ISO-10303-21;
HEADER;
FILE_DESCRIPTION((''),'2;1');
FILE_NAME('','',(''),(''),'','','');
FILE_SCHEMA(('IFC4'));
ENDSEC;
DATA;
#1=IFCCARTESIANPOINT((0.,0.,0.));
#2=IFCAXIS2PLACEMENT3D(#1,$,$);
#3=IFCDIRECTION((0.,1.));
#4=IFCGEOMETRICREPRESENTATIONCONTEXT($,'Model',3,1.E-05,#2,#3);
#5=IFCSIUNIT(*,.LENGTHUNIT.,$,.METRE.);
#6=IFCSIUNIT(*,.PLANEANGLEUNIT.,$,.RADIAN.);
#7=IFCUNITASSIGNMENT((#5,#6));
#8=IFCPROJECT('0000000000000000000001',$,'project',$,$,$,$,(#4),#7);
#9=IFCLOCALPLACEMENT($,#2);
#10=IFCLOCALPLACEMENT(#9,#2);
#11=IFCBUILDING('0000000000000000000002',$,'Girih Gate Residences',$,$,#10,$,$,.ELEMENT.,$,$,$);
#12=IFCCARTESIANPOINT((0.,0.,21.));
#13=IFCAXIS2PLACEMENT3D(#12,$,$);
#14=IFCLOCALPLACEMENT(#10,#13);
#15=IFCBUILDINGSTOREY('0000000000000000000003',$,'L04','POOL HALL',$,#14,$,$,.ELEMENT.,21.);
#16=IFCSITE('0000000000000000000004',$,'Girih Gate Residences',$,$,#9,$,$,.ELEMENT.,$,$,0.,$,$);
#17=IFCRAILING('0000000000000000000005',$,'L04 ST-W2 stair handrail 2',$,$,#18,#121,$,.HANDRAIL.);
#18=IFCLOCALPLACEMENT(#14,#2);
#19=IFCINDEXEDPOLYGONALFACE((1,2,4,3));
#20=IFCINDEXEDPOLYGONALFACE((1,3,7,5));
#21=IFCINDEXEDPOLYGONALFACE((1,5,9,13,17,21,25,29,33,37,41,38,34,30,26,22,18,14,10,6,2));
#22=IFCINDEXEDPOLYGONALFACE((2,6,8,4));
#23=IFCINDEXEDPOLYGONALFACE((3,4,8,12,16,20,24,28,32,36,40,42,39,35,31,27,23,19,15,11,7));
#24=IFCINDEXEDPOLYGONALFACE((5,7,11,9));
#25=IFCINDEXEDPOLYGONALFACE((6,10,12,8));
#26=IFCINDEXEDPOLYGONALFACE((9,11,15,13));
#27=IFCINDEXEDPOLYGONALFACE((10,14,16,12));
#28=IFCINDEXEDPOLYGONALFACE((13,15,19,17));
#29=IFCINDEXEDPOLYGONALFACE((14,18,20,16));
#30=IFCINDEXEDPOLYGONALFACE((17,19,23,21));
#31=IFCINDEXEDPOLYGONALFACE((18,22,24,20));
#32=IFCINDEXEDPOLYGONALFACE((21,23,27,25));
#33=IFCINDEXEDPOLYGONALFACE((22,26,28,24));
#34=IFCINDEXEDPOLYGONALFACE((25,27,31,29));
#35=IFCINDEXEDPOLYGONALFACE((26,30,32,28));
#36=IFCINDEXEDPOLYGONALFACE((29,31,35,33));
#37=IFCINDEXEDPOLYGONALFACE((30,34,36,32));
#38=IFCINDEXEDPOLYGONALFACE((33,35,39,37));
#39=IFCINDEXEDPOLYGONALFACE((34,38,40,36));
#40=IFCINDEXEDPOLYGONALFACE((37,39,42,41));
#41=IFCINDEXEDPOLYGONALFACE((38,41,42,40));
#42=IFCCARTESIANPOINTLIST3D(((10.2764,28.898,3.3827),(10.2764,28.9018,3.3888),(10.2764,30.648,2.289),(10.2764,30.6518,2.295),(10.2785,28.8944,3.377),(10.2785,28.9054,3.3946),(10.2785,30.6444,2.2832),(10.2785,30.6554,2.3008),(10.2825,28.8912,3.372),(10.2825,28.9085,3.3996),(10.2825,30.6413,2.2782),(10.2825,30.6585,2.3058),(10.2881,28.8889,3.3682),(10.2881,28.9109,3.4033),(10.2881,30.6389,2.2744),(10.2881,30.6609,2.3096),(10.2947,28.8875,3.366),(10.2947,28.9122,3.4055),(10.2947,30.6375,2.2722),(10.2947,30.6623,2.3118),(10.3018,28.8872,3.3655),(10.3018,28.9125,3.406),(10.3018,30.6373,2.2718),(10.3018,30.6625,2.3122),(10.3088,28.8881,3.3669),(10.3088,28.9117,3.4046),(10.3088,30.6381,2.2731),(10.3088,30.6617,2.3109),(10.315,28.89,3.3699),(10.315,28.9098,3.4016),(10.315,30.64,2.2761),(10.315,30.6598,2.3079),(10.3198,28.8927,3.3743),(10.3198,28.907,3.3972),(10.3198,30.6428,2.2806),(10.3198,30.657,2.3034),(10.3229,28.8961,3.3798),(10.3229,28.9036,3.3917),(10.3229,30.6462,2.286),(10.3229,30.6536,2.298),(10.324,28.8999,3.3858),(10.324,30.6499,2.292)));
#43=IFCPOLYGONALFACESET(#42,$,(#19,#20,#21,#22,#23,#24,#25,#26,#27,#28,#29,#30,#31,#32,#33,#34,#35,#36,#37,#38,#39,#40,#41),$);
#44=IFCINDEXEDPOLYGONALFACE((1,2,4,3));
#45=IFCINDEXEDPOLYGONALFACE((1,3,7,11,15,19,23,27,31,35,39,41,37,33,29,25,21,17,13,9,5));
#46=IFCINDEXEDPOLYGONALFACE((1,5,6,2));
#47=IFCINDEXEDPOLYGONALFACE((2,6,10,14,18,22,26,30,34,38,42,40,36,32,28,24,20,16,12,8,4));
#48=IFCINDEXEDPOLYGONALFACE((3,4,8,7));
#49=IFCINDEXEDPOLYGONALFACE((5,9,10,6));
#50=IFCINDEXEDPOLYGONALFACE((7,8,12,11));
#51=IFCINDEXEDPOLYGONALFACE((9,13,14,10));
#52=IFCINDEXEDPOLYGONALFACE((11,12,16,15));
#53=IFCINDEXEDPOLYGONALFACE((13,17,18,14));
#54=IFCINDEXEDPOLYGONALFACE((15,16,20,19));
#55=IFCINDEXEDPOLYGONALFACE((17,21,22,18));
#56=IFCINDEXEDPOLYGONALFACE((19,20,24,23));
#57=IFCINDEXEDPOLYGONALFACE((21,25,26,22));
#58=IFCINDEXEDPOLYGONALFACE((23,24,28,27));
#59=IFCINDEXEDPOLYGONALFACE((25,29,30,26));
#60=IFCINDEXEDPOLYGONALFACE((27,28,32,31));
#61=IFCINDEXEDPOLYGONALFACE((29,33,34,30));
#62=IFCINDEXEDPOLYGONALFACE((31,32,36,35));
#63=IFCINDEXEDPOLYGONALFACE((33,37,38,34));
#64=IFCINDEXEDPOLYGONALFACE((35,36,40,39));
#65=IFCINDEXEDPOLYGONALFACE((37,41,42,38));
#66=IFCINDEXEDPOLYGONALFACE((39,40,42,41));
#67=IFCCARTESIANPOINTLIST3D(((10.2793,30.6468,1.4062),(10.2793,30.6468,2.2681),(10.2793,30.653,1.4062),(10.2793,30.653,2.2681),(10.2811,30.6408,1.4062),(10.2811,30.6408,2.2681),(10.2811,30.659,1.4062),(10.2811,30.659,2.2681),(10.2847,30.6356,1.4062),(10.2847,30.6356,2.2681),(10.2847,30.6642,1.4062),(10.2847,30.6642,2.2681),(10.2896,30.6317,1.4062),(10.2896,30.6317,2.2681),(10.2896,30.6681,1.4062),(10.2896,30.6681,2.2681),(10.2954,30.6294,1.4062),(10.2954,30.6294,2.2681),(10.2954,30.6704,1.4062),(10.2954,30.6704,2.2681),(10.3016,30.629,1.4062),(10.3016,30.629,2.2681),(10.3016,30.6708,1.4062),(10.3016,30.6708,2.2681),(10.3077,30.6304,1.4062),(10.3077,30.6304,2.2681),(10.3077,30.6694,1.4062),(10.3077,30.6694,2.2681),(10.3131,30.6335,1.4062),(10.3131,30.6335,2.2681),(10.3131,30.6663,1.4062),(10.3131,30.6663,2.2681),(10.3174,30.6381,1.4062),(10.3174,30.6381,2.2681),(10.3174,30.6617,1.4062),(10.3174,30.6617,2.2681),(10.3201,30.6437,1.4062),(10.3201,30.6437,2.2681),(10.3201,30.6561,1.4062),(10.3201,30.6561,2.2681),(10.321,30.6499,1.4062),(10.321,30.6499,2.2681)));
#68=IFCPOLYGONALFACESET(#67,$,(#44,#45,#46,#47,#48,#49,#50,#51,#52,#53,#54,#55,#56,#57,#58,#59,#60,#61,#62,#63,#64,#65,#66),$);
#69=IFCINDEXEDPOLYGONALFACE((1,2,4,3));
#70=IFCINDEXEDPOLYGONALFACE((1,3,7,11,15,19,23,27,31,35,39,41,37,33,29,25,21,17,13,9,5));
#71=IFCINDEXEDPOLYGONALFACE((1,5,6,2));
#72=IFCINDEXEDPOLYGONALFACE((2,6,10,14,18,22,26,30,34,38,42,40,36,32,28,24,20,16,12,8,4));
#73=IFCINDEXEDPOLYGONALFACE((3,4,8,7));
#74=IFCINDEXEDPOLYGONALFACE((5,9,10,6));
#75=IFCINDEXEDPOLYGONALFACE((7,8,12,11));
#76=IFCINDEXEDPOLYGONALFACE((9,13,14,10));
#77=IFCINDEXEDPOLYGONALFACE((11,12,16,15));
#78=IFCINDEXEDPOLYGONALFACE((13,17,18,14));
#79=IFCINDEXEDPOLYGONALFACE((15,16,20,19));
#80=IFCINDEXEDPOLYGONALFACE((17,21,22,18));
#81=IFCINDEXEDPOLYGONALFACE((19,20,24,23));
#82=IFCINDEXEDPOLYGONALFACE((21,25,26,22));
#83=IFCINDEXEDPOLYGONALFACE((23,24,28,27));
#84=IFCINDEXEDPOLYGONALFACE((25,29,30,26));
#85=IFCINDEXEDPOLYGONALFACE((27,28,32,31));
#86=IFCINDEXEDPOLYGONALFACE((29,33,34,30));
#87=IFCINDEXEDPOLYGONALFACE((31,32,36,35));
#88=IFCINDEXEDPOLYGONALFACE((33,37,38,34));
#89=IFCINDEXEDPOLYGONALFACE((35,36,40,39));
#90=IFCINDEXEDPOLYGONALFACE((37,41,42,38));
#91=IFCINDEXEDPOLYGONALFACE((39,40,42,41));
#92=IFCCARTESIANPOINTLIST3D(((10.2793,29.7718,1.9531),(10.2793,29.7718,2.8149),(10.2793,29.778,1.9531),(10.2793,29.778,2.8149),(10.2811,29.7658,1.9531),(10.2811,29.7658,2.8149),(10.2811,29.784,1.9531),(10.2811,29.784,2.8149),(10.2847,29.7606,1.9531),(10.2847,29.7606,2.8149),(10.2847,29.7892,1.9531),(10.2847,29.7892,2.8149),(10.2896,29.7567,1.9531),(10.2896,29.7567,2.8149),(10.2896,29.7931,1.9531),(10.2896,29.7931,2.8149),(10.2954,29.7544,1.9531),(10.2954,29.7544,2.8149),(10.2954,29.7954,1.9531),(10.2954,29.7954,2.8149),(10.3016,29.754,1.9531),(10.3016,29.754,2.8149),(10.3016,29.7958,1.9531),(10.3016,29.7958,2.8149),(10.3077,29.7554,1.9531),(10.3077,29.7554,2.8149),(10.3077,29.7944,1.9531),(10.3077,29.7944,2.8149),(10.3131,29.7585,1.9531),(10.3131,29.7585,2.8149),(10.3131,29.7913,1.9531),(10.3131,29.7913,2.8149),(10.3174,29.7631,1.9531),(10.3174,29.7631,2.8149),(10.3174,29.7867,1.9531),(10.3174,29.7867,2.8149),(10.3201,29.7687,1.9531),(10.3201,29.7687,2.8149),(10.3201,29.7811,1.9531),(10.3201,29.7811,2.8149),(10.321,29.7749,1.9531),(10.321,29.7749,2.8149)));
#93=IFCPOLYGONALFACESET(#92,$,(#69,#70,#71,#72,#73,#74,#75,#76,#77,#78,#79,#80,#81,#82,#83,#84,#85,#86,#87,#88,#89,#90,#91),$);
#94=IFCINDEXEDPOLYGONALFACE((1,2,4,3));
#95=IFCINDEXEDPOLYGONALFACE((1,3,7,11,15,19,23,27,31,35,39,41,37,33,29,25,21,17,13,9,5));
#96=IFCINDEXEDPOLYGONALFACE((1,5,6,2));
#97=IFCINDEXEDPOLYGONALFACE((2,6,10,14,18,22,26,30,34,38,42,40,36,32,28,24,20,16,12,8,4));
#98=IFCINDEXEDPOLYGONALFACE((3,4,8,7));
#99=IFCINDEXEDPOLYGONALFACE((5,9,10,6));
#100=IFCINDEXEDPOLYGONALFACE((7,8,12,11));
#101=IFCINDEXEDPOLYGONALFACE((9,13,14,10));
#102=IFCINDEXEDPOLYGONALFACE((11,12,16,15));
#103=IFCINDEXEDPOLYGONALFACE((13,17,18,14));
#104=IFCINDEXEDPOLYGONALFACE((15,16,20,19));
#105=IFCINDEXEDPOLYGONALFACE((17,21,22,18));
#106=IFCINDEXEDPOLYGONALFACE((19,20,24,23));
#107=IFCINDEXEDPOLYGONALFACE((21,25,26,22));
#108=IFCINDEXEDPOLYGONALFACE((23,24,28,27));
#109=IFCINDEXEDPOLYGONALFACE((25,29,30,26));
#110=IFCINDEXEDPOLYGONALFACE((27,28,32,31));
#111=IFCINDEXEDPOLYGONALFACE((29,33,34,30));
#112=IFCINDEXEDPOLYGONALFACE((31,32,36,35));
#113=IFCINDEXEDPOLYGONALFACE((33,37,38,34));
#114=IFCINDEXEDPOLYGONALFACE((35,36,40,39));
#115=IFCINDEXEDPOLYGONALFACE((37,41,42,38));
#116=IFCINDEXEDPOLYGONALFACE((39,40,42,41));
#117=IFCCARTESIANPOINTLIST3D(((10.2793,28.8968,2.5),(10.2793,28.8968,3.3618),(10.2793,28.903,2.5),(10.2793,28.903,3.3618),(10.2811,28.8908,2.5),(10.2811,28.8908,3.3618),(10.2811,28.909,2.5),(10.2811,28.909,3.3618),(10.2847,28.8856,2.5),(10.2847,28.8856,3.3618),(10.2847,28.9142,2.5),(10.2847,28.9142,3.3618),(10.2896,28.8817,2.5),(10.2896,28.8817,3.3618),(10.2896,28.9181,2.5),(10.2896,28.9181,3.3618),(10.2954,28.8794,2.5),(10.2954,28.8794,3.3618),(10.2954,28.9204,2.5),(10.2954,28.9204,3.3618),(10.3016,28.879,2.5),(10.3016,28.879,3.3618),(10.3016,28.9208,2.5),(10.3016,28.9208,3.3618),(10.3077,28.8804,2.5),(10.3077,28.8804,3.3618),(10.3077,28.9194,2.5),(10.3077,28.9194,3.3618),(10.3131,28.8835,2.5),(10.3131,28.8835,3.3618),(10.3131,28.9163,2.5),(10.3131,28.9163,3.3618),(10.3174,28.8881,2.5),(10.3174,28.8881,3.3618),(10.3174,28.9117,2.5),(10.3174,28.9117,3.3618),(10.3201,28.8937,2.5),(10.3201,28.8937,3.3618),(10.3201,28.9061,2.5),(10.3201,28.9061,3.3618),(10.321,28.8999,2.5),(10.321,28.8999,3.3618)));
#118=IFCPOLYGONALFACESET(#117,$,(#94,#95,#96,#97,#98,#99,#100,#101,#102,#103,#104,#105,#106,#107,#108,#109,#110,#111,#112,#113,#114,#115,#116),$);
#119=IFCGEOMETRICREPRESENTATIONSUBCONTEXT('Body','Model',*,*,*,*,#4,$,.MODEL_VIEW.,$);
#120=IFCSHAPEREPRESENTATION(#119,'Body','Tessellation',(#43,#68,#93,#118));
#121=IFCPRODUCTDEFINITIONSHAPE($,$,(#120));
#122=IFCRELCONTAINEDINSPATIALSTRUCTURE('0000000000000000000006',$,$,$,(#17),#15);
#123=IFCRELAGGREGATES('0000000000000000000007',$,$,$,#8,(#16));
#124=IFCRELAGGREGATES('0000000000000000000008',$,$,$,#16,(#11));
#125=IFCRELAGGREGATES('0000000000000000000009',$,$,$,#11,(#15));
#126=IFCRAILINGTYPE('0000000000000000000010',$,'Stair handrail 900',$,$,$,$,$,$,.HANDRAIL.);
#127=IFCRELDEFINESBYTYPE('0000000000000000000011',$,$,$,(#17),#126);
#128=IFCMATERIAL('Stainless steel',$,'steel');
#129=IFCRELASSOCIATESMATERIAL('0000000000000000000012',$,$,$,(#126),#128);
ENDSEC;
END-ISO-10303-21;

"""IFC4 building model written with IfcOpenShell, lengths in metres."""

from ifc_helpers import new_model, si_unit, direction, frame, origin, origin_2d, place, context, subcontext, project, spatial, circle, extrude, material, type_object, element, save


model = new_model("IFC4")

# Units and contexts
model_context = context("Model", 3, precision=1e-05, world=origin(), true_north=direction((0.0, 1.0)))
body_context = subcontext(model_context, "Body", "Model", "MODEL_VIEW")
ifc_project = project(units=[si_unit("LENGTHUNIT", "METRE"), si_unit("PLANEANGLEUNIT", "RADIAN")], contexts=[model_context])

# Site, building, storey
site_placement = place(None, origin())
site = spatial("IfcSite", under=ifc_project, at=site_placement, Name="Girih Gate Residences", CompositionType="ELEMENT", RefElevation=0.0)
building_placement = place(site_placement, origin())
building = spatial("IfcBuilding", under=site, at=building_placement, Name="Girih Gate Residences", CompositionType="ELEMENT")
storey_placement = place(building_placement, frame((0.0, 0.0, 21.0)))
storey = spatial("IfcBuildingStorey", under=building, at=storey_placement, Name="L04", Description="POOL HALL", CompositionType="ELEMENT", Elevation=21.0)

# Railing
ifc_material_1 = material(Name="Stainless steel", Category="steel")
railing_type_1 = type_object("IfcRailingType", Name="Stair handrail 900", PredefinedType="HANDRAIL", material=ifc_material_1)
railing_1_placement = place(storey_placement, frame((10.3, 30.6499, 1.4062)))
element("IfcRailing", 1, at=railing_1_placement, inside=storey, type_object=railing_type_1, Name="L04 ST-W2 stair handrail 2", PredefinedType="HANDRAIL", context=body_context, shape_type="SweptSolid", body=[
    extrude(circle(Radius=0.0239, at=origin_2d()), frame((0.0, 0.0, 0.8857), z_axis=(0.0, -0.847998, 0.529999), x_axis=(1.0, 0.0, 0.0)), (0.0, 0.0, 1.0), 2.0637),
    extrude(circle(Radius=0.021, at=origin_2d()), origin(), (0.0, 0.0, 1.0), 0.8618),
    extrude(circle(Radius=0.021, at=origin_2d()), frame((0.0, -0.875, 0.5469)), (0.0, 0.0, 1.0), 0.8618),
    extrude(circle(Radius=0.021, at=origin_2d()), frame((0.0, -1.75, 1.0938)), (0.0, 0.0, 1.0), 0.8618),
])

save(model, "model.ifc")
